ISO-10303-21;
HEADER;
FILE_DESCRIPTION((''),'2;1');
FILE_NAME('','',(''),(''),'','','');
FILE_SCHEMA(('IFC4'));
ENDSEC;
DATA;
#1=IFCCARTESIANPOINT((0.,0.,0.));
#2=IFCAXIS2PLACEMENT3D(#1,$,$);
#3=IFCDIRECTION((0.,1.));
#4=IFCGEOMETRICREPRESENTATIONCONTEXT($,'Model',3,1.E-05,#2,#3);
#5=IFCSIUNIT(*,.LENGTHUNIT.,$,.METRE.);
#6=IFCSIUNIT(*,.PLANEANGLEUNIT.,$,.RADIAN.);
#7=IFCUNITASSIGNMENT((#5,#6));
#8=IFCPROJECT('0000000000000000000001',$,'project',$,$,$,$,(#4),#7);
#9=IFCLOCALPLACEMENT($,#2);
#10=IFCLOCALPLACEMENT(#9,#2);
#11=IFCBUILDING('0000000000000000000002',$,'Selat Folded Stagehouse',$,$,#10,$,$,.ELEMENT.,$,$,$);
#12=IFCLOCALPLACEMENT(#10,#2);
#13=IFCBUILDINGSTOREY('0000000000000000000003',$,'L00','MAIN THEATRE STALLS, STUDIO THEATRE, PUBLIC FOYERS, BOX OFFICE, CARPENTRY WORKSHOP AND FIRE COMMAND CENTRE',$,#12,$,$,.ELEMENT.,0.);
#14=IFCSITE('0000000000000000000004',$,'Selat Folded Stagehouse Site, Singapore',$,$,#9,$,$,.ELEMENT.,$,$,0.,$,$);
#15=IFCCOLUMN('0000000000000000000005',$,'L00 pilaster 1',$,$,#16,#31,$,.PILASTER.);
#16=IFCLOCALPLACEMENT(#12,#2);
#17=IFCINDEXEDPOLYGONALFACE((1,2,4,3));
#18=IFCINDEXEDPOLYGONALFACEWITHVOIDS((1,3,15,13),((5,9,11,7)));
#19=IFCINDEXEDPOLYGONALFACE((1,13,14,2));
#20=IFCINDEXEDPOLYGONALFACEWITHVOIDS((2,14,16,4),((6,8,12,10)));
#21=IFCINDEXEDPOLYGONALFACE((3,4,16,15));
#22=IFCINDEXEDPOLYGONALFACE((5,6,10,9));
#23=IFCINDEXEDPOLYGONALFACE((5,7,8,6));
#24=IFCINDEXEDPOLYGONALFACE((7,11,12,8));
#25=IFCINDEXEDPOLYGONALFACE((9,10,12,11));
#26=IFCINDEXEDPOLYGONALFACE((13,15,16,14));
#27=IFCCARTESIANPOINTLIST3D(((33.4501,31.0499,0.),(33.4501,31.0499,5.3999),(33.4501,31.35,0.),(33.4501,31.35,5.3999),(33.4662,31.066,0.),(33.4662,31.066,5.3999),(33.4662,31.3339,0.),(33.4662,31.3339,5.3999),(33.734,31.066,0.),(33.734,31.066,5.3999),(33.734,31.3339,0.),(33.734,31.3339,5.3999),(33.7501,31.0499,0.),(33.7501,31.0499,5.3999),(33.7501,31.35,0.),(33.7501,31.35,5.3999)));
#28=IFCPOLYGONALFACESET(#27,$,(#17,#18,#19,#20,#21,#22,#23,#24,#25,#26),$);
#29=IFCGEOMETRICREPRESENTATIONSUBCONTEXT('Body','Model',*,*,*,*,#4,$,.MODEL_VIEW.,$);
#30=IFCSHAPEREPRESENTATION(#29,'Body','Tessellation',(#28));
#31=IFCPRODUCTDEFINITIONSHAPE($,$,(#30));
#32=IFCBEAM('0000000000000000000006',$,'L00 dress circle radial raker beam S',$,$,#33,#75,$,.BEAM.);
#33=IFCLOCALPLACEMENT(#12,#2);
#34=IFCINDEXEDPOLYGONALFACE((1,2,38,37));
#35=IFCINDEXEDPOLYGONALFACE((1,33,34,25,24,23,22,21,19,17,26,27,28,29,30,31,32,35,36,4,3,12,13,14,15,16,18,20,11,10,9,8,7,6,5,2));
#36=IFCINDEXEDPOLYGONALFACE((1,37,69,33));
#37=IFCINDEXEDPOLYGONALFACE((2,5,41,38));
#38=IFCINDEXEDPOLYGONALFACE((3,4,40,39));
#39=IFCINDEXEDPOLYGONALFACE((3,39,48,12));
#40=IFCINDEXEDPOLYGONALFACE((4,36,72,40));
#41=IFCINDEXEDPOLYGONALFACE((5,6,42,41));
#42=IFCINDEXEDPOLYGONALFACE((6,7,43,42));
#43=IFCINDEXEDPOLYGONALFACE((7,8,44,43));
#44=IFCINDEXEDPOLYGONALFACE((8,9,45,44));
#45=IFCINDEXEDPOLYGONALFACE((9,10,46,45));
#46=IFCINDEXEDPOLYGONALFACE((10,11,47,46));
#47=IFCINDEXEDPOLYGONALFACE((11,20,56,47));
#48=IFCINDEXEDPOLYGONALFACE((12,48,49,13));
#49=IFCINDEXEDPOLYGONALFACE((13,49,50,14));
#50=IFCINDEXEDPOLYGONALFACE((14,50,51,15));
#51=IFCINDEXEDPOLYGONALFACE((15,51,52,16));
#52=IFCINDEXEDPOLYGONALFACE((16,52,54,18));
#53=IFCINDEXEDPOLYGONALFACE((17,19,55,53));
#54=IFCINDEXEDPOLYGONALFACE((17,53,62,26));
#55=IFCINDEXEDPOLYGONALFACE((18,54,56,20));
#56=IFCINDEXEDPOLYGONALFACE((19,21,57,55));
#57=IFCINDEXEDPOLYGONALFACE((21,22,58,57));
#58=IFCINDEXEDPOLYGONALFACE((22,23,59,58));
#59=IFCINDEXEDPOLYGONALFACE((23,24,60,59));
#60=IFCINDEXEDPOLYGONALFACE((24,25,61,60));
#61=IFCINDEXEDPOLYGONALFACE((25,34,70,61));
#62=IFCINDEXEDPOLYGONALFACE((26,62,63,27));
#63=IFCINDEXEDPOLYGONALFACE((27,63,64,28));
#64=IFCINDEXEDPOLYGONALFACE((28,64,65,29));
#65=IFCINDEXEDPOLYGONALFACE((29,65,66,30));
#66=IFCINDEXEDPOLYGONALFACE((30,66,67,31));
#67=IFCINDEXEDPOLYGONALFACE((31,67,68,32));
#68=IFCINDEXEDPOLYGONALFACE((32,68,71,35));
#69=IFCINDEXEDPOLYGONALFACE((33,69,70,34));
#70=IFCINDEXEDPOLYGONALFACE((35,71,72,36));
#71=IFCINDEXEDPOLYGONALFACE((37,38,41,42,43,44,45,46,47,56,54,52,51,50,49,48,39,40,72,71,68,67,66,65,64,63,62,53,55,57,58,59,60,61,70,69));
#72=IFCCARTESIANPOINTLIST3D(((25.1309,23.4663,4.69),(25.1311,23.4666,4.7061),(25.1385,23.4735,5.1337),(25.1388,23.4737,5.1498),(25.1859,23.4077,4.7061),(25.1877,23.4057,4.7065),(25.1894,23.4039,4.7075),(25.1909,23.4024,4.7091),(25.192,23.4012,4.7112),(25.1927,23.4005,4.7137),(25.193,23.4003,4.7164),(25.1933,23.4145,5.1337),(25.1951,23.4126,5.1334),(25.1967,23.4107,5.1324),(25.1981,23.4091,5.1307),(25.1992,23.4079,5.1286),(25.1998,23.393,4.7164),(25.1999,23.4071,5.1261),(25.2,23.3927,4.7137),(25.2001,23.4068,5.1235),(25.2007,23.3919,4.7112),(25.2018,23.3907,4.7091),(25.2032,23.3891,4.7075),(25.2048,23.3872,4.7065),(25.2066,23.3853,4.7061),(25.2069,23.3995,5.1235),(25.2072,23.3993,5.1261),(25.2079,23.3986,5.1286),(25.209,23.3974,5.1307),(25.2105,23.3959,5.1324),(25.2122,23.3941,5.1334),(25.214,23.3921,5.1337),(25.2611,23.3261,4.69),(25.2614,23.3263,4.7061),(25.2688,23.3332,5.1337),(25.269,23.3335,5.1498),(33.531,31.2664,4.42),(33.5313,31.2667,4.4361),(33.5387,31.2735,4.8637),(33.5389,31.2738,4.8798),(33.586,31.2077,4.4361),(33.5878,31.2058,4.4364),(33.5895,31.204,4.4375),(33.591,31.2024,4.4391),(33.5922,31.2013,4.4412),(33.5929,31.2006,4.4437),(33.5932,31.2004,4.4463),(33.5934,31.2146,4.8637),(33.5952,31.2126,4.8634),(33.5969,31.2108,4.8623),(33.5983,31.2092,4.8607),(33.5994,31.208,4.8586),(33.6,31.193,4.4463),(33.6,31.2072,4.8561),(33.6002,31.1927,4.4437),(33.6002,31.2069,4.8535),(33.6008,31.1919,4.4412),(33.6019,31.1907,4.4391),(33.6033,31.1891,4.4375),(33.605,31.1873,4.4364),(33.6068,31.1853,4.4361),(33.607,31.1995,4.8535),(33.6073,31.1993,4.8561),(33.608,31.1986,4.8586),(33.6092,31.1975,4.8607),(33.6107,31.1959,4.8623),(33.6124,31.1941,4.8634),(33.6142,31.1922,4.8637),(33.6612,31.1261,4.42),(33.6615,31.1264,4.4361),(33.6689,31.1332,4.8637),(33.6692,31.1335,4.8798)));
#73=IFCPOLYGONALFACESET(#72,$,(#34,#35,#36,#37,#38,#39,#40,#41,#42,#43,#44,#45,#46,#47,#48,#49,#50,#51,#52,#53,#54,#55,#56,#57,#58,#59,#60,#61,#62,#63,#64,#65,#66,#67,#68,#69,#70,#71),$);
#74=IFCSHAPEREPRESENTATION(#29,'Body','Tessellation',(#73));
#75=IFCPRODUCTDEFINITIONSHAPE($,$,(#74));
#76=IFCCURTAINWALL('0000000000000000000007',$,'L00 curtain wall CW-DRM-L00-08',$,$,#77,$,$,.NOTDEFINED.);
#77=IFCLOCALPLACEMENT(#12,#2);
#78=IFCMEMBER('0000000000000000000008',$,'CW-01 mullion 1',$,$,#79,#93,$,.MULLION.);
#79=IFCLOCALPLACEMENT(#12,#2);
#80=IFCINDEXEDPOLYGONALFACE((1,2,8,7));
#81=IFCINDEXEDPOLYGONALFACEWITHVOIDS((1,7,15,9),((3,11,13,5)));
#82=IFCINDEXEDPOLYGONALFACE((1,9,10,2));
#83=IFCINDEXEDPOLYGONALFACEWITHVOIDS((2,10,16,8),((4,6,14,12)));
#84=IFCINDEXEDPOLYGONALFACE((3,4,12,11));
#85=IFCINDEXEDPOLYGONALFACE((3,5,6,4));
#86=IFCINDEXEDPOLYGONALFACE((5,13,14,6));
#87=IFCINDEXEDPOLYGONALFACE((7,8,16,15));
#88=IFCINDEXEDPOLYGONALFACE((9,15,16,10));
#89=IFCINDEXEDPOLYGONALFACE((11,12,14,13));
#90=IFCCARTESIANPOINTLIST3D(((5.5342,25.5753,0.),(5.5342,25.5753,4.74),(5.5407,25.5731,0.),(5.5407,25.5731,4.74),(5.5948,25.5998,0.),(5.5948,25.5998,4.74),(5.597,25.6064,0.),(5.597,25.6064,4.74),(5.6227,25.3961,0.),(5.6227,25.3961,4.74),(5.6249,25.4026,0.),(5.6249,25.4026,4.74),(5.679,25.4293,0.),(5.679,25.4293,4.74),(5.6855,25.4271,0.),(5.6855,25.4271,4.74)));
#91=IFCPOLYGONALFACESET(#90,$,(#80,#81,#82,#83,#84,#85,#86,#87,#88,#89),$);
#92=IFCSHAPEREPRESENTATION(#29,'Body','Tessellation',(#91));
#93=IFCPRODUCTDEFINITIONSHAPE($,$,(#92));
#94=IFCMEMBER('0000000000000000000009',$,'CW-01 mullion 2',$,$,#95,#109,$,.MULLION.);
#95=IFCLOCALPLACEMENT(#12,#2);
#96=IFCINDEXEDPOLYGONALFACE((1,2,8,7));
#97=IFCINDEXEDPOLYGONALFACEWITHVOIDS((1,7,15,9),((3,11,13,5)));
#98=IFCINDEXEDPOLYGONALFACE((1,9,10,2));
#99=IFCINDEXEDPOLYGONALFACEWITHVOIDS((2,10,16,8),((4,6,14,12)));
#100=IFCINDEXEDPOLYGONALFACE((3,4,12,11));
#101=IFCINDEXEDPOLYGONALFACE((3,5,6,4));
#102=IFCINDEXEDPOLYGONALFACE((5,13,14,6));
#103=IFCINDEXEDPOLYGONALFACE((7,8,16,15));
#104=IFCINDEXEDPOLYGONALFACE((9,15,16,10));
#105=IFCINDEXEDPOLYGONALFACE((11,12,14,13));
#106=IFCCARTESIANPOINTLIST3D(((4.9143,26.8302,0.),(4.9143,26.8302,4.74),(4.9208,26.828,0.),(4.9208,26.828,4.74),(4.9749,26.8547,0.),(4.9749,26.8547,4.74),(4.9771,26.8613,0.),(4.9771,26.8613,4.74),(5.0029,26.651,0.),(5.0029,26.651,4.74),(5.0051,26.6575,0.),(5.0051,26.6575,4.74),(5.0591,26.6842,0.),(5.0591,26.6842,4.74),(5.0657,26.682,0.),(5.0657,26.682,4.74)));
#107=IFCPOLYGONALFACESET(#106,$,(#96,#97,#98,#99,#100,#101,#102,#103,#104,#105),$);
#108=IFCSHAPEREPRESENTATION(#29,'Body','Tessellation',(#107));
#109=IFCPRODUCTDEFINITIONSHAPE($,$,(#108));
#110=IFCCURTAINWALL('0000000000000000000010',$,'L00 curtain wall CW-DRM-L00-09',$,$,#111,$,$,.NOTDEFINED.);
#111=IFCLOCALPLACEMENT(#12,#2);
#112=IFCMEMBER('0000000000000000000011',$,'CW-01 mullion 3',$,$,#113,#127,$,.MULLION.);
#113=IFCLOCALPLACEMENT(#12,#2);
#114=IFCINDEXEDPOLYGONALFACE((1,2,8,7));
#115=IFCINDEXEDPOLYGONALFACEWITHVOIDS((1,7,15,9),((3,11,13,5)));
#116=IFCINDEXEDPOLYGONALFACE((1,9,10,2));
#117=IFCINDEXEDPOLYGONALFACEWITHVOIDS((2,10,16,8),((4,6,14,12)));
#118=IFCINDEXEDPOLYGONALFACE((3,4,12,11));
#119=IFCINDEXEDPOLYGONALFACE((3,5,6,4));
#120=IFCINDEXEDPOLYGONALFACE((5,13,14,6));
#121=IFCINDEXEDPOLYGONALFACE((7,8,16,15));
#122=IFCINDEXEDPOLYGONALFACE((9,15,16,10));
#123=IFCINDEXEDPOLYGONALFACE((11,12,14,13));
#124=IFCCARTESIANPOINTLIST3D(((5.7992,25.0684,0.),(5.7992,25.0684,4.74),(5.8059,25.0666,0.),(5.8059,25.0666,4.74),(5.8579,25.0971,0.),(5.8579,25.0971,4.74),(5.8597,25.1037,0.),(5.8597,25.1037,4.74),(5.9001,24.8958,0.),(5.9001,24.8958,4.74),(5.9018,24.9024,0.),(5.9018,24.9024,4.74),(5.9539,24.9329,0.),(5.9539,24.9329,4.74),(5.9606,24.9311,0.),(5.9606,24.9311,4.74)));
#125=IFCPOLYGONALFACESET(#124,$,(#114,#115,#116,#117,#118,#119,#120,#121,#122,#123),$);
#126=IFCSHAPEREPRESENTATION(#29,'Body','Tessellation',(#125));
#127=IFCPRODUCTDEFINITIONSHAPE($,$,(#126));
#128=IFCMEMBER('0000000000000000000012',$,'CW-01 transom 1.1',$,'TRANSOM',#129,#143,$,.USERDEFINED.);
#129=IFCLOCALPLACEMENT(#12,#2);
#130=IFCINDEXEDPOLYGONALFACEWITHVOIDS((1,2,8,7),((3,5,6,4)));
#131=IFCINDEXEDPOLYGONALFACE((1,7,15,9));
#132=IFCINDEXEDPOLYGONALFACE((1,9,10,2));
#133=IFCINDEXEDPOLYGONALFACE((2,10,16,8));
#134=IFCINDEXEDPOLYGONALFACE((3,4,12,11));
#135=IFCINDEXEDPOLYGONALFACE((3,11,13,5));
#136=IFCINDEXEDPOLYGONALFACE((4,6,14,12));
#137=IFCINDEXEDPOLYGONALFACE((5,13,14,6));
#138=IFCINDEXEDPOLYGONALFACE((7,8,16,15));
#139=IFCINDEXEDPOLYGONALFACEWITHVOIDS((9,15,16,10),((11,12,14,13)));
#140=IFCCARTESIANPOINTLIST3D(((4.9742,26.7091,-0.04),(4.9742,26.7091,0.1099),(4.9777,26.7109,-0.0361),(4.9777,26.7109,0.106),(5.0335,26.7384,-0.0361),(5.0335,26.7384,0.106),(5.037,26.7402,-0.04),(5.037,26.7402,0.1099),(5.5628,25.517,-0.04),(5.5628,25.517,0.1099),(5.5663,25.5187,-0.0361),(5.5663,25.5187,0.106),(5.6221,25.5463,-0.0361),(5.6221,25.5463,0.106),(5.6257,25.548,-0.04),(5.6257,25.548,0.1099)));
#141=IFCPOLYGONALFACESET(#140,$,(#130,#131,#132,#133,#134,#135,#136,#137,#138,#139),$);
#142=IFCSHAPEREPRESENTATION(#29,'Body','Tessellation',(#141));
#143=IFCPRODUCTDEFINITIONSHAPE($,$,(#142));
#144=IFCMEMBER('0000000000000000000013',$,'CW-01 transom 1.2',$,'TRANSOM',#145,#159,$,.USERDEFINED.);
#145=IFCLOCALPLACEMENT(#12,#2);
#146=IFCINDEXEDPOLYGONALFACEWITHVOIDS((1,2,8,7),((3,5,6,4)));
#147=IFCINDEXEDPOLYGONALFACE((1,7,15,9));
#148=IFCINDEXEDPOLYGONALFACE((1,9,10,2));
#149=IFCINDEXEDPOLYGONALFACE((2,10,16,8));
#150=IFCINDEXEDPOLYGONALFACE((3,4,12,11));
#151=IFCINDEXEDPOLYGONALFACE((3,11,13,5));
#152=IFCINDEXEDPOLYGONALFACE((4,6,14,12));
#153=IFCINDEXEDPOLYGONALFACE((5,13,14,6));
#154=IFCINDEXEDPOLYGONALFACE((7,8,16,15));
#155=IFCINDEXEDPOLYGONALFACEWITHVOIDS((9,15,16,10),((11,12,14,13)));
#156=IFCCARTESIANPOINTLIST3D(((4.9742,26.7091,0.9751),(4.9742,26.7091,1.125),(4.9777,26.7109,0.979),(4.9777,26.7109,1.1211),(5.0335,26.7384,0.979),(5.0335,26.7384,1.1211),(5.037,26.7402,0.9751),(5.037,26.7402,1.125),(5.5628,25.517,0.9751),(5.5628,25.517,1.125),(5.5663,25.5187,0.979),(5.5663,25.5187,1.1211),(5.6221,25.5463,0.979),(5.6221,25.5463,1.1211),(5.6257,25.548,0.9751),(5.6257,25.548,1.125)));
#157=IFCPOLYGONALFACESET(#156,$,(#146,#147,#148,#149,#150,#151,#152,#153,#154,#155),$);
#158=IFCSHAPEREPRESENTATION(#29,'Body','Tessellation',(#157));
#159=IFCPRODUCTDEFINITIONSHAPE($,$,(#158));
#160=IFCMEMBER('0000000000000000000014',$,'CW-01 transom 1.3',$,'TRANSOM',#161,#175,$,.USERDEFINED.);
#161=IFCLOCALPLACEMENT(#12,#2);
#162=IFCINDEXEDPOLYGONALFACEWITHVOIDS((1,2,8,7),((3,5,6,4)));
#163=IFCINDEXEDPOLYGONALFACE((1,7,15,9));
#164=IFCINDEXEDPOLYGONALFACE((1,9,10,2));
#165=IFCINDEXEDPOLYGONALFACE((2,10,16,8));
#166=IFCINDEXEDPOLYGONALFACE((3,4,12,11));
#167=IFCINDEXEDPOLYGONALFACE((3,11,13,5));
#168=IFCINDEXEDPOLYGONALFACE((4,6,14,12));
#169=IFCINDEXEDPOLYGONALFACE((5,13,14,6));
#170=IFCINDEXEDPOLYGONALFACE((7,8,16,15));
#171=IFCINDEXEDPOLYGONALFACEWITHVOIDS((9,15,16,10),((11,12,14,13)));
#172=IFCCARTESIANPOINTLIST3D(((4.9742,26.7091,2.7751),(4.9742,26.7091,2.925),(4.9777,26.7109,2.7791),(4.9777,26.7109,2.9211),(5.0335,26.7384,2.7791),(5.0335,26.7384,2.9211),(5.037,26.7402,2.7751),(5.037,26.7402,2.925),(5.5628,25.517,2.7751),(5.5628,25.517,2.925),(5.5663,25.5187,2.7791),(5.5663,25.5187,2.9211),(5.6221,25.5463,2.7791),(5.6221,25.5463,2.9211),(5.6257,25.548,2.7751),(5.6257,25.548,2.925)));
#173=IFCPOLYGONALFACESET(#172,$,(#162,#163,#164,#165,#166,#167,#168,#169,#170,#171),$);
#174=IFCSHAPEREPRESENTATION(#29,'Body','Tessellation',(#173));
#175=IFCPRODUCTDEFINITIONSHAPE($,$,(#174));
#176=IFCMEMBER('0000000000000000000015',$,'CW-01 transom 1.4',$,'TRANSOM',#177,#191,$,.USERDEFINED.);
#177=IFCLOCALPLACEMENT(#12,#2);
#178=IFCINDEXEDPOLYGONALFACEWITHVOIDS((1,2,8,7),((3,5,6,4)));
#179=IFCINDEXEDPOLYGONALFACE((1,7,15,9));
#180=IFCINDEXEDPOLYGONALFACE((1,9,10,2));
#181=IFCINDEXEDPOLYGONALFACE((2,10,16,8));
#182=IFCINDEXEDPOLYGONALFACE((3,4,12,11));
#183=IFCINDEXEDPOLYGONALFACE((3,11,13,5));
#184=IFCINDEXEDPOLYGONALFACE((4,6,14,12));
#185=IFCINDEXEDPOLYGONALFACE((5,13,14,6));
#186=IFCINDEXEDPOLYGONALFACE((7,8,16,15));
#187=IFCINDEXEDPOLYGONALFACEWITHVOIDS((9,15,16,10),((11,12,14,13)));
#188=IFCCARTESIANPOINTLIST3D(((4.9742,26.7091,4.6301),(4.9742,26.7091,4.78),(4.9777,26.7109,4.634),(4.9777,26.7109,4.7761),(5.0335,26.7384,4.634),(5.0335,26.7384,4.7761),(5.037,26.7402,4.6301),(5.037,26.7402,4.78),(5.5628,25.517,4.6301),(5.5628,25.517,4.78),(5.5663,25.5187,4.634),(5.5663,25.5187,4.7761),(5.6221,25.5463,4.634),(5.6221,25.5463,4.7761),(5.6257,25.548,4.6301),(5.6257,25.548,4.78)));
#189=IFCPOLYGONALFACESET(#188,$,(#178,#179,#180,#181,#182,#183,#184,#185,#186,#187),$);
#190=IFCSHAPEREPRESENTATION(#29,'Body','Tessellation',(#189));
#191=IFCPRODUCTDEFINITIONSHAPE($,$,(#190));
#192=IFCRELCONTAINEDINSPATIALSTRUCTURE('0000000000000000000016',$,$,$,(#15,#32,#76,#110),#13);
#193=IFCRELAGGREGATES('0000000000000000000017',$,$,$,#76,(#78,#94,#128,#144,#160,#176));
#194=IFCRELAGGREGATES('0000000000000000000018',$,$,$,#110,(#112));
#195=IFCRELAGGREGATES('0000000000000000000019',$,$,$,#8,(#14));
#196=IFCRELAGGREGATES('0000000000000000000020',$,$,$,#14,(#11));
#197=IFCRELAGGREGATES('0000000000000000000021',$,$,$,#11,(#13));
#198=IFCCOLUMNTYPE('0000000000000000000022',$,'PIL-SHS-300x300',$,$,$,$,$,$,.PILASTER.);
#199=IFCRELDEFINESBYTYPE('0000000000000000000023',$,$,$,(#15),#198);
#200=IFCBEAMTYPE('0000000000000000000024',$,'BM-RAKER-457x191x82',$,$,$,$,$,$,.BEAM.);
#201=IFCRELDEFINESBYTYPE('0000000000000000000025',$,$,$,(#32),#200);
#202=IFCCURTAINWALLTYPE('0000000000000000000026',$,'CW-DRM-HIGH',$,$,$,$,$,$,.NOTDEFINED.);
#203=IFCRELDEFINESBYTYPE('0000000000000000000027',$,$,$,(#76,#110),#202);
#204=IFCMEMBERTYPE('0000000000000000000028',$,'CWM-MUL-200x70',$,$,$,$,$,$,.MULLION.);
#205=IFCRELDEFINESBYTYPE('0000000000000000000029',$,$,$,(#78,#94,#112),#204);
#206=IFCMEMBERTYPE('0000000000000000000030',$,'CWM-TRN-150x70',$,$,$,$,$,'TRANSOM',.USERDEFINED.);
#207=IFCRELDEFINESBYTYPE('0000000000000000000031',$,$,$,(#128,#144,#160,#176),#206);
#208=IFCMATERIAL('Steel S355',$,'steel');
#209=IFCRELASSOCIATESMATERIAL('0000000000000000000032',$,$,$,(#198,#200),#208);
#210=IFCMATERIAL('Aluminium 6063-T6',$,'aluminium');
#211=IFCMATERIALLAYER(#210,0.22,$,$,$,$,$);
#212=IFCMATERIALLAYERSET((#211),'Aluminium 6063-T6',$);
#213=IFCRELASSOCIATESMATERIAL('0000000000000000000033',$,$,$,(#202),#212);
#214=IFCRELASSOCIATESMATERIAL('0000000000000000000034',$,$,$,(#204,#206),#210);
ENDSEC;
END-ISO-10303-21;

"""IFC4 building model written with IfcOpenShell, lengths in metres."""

from ifc_helpers import new_model, si_unit, direction, frame, origin, origin_2d, place, context, subcontext, project, spatial, hollow_rectangle, i_section, extrude, material, layer, layer_set, material_profile, profile_set, type_object, element, aggregate, save


model = new_model("IFC4")

# Units and contexts
model_context = context("Model", 3, precision=1e-05, world=origin(), true_north=direction((0.0, 1.0)))
body_context = subcontext(model_context, "Body", "Model", "MODEL_VIEW")
ifc_project = project(units=[si_unit("LENGTHUNIT", "METRE"), si_unit("PLANEANGLEUNIT", "RADIAN")], contexts=[model_context])

# Site, building, storey
site_placement = place(None, origin())
site = spatial("IfcSite", under=ifc_project, at=site_placement, Name="Selat Folded Stagehouse Site, Singapore", CompositionType="ELEMENT", RefElevation=0.0)
building_placement = place(site_placement, origin())
building = spatial("IfcBuilding", under=site, at=building_placement, Name="Selat Folded Stagehouse", CompositionType="ELEMENT")
storey_placement = place(building_placement, origin())
storey = spatial("IfcBuildingStorey", under=building, at=storey_placement, Name="L00", Description="MAIN THEATRE STALLS, STUDIO THEATRE, PUBLIC FOYERS, BOX OFFICE, CARPENTRY WORKSHOP AND FIRE COMMAND CENTRE", CompositionType="ELEMENT", Elevation=0.0)

# Column
ifc_material_1 = material(Name="Steel S355", Category="steel")
ifc_material_profile_1 = material_profile(ifc_material_1, hollow_rectangle(XDim=0.3, YDim=0.3, WallThickness=0.0161, at=origin_2d()), Name="SHS 300x300x16.0")
ifc_profile_set_1 = profile_set([ifc_material_profile_1], Name="Steel S355")
column_type = type_object("IfcColumnType", Name="PIL-SHS-300x300", PredefinedType="PILASTER", material=ifc_profile_set_1)
column_placement = place(storey_placement, frame((33.6001, 31.2, 0.0), z_axis=(0.0, 0.0, 1.0), x_axis=(1.0, 0.0, 0.0)))
element("IfcColumn", 1, at=column_placement, inside=storey, type_object=column_type, Name="L00 pilaster 1", PredefinedType="PILASTER", context=body_context, shape_type="SweptSolid", body=[
    extrude(hollow_rectangle(XDim=0.3, YDim=0.3, WallThickness=0.0161, at=origin_2d()), origin(), (0.0, 0.0, 1.0), 5.3999),
])

# Beam
ifc_material_profile_2 = material_profile(ifc_material_1, i_section(OverallWidth=0.1914, OverallDepth=0.46, WebThickness=0.01, FlangeThickness=0.0161, FilletRadius=0.0103, at=origin_2d()), Name="UKB 457x191x82")
ifc_profile_set_2 = profile_set([ifc_material_profile_2], Name="Steel S355")
beam_type_1 = type_object("IfcBeamType", Name="BM-RAKER-457x191x82", PredefinedType="BEAM", material=ifc_profile_set_2)
beam_1_placement = place(storey_placement, frame((33.6001, 31.2, 4.6499), z_axis=(-0.732594, -0.680258, 0.023549), x_axis=(0.680447, -0.732797, 0.0)))
element("IfcBeam", 2, at=beam_1_placement, inside=storey, type_object=beam_type_1, Name="L00 dress circle radial raker beam S", PredefinedType="BEAM", context=body_context, shape_type="SweptSolid", body=[
    extrude(i_section(OverallWidth=0.1914, OverallDepth=0.46, WebThickness=0.01, FlangeThickness=0.0161, FilletRadius=0.0103, at=origin_2d()), origin(), (0.0, 0.0, 1.0), 11.4663),
])

# Curtain wall, members
ifc_material_2 = material(Name="Aluminium 6063-T6", Category="aluminium")
ifc_layer_1 = layer(ifc_material_2, 0.22)
ifc_layer_set_1 = layer_set([ifc_layer_1], Name="Aluminium 6063-T6")
curtain_wall_type = type_object("IfcCurtainWallType", Name="CW-DRM-HIGH", PredefinedType="NOTDEFINED", material=ifc_layer_set_1)
curtain_wall_1_placement = place(storey_placement, origin())
curtain_wall_1 = element("IfcCurtainWall", 3, at=curtain_wall_1_placement, inside=storey, type_object=curtain_wall_type, Name="L00 curtain wall CW-DRM-L00-08", PredefinedType="NOTDEFINED")
ifc_material_profile_3 = material_profile(ifc_material_2, hollow_rectangle(XDim=0.0701, YDim=0.2, WallThickness=0.0049, at=origin_2d()), Name="ALU 200x70x5.0")
ifc_profile_set_3 = profile_set([ifc_material_profile_3], Name="Aluminium 6063-T6")
member_type_1 = type_object("IfcMemberType", Name="CWM-MUL-200x70", PredefinedType="MULLION", material=ifc_profile_set_3)
member_1_placement = place(storey_placement, frame((5.6099, 25.5012, 0.0), z_axis=(0.0, 0.0, 1.0), x_axis=(-0.896598, -0.442845, 0.0)))
member_1 = element("IfcMember", 4, at=member_1_placement, type_object=member_type_1, Name="CW-01 mullion 1", PredefinedType="MULLION", context=body_context, shape_type="SweptSolid", body=[
    extrude(hollow_rectangle(XDim=0.0701, YDim=0.2, WallThickness=0.0049, at=origin_2d()), origin(), (0.0, 0.0, 1.0), 4.74),
])
member_2_placement = place(storey_placement, frame((4.99, 26.7561, 0.0), z_axis=(0.0, 0.0, 1.0), x_axis=(-0.896598, -0.442845, 0.0)))
member_2 = element("IfcMember", 5, at=member_2_placement, type_object=member_type_1, Name="CW-01 mullion 2", PredefinedType="MULLION", context=body_context, shape_type="SweptSolid", body=[
    extrude(hollow_rectangle(XDim=0.0701, YDim=0.2, WallThickness=0.0049, at=origin_2d()), origin(), (0.0, 0.0, 1.0), 4.74),
])

# Curtain wall, member
curtain_wall_2_placement = place(storey_placement, origin())
curtain_wall_2 = element("IfcCurtainWall", 6, at=curtain_wall_2_placement, inside=storey, type_object=curtain_wall_type, Name="L00 curtain wall CW-DRM-L00-09", PredefinedType="NOTDEFINED")
member_3_placement = place(storey_placement, frame((5.8799, 24.9998, 0.0), z_axis=(0.0, 0.0, 1.0), x_axis=(-0.863332, -0.504636, 0.0)))
member_3 = element("IfcMember", 7, at=member_3_placement, type_object=member_type_1, Name="CW-01 mullion 3", PredefinedType="MULLION", context=body_context, shape_type="SweptSolid", body=[
    extrude(hollow_rectangle(XDim=0.0701, YDim=0.2, WallThickness=0.0049, at=origin_2d()), origin(), (0.0, 0.0, 1.0), 4.74),
])

# Members
ifc_material_profile_4 = material_profile(ifc_material_2, hollow_rectangle(XDim=0.0701, YDim=0.1499, WallThickness=0.0039, at=origin_2d()), Name="ALU 150x70x4.0")
ifc_profile_set_4 = profile_set([ifc_material_profile_4], Name="Aluminium 6063-T6")
member_type_2 = type_object("IfcMemberType", Name="CWM-TRN-150x70", ElementType="TRANSOM", PredefinedType="USERDEFINED", material=ifc_profile_set_4)
member_4_placement = place(storey_placement, frame((5.5942, 25.5325, 0.0349), z_axis=(-0.442727, 0.896656, 0.0), x_axis=(-0.896656, -0.442727, 0.0)))
member_4 = element("IfcMember", 8, at=member_4_placement, type_object=member_type_2, Name="CW-01 transom 1.1", ObjectType="TRANSOM", PredefinedType="USERDEFINED", context=body_context, shape_type="SweptSolid", body=[
    extrude(hollow_rectangle(XDim=0.0701, YDim=0.1499, WallThickness=0.0039, at=origin_2d()), origin(), (0.0, 0.0, 1.0), 1.3296),
])
member_5_placement = place(storey_placement, frame((5.5942, 25.5325, 1.05), z_axis=(-0.442727, 0.896656, 0.0), x_axis=(-0.896656, -0.442727, 0.0)))
member_5 = element("IfcMember", 9, at=member_5_placement, type_object=member_type_2, Name="CW-01 transom 1.2", ObjectType="TRANSOM", PredefinedType="USERDEFINED", context=body_context, shape_type="SweptSolid", body=[
    extrude(hollow_rectangle(XDim=0.0701, YDim=0.1499, WallThickness=0.0039, at=origin_2d()), origin(), (0.0, 0.0, 1.0), 1.3296),
])
member_6_placement = place(storey_placement, frame((5.5942, 25.5325, 2.8501), z_axis=(-0.442727, 0.896656, 0.0), x_axis=(-0.896656, -0.442727, 0.0)))
member_6 = element("IfcMember", 10, at=member_6_placement, type_object=member_type_2, Name="CW-01 transom 1.3", ObjectType="TRANSOM", PredefinedType="USERDEFINED", context=body_context, shape_type="SweptSolid", body=[
    extrude(hollow_rectangle(XDim=0.0701, YDim=0.1499, WallThickness=0.0039, at=origin_2d()), origin(), (0.0, 0.0, 1.0), 1.3296),
])
member_7_placement = place(storey_placement, frame((5.5942, 25.5325, 4.7051), z_axis=(-0.442727, 0.896656, 0.0), x_axis=(-0.896656, -0.442727, 0.0)))
member_7 = element("IfcMember", 11, at=member_7_placement, type_object=member_type_2, Name="CW-01 transom 1.4", ObjectType="TRANSOM", PredefinedType="USERDEFINED", context=body_context, shape_type="SweptSolid", body=[
    extrude(hollow_rectangle(XDim=0.0701, YDim=0.1499, WallThickness=0.0039, at=origin_2d()), origin(), (0.0, 0.0, 1.0), 1.3296),
])

aggregate(curtain_wall_1, [member_1, member_2, member_4, member_5, member_6, member_7])
aggregate(curtain_wall_2, [member_3])

save(model, "model.ifc")
